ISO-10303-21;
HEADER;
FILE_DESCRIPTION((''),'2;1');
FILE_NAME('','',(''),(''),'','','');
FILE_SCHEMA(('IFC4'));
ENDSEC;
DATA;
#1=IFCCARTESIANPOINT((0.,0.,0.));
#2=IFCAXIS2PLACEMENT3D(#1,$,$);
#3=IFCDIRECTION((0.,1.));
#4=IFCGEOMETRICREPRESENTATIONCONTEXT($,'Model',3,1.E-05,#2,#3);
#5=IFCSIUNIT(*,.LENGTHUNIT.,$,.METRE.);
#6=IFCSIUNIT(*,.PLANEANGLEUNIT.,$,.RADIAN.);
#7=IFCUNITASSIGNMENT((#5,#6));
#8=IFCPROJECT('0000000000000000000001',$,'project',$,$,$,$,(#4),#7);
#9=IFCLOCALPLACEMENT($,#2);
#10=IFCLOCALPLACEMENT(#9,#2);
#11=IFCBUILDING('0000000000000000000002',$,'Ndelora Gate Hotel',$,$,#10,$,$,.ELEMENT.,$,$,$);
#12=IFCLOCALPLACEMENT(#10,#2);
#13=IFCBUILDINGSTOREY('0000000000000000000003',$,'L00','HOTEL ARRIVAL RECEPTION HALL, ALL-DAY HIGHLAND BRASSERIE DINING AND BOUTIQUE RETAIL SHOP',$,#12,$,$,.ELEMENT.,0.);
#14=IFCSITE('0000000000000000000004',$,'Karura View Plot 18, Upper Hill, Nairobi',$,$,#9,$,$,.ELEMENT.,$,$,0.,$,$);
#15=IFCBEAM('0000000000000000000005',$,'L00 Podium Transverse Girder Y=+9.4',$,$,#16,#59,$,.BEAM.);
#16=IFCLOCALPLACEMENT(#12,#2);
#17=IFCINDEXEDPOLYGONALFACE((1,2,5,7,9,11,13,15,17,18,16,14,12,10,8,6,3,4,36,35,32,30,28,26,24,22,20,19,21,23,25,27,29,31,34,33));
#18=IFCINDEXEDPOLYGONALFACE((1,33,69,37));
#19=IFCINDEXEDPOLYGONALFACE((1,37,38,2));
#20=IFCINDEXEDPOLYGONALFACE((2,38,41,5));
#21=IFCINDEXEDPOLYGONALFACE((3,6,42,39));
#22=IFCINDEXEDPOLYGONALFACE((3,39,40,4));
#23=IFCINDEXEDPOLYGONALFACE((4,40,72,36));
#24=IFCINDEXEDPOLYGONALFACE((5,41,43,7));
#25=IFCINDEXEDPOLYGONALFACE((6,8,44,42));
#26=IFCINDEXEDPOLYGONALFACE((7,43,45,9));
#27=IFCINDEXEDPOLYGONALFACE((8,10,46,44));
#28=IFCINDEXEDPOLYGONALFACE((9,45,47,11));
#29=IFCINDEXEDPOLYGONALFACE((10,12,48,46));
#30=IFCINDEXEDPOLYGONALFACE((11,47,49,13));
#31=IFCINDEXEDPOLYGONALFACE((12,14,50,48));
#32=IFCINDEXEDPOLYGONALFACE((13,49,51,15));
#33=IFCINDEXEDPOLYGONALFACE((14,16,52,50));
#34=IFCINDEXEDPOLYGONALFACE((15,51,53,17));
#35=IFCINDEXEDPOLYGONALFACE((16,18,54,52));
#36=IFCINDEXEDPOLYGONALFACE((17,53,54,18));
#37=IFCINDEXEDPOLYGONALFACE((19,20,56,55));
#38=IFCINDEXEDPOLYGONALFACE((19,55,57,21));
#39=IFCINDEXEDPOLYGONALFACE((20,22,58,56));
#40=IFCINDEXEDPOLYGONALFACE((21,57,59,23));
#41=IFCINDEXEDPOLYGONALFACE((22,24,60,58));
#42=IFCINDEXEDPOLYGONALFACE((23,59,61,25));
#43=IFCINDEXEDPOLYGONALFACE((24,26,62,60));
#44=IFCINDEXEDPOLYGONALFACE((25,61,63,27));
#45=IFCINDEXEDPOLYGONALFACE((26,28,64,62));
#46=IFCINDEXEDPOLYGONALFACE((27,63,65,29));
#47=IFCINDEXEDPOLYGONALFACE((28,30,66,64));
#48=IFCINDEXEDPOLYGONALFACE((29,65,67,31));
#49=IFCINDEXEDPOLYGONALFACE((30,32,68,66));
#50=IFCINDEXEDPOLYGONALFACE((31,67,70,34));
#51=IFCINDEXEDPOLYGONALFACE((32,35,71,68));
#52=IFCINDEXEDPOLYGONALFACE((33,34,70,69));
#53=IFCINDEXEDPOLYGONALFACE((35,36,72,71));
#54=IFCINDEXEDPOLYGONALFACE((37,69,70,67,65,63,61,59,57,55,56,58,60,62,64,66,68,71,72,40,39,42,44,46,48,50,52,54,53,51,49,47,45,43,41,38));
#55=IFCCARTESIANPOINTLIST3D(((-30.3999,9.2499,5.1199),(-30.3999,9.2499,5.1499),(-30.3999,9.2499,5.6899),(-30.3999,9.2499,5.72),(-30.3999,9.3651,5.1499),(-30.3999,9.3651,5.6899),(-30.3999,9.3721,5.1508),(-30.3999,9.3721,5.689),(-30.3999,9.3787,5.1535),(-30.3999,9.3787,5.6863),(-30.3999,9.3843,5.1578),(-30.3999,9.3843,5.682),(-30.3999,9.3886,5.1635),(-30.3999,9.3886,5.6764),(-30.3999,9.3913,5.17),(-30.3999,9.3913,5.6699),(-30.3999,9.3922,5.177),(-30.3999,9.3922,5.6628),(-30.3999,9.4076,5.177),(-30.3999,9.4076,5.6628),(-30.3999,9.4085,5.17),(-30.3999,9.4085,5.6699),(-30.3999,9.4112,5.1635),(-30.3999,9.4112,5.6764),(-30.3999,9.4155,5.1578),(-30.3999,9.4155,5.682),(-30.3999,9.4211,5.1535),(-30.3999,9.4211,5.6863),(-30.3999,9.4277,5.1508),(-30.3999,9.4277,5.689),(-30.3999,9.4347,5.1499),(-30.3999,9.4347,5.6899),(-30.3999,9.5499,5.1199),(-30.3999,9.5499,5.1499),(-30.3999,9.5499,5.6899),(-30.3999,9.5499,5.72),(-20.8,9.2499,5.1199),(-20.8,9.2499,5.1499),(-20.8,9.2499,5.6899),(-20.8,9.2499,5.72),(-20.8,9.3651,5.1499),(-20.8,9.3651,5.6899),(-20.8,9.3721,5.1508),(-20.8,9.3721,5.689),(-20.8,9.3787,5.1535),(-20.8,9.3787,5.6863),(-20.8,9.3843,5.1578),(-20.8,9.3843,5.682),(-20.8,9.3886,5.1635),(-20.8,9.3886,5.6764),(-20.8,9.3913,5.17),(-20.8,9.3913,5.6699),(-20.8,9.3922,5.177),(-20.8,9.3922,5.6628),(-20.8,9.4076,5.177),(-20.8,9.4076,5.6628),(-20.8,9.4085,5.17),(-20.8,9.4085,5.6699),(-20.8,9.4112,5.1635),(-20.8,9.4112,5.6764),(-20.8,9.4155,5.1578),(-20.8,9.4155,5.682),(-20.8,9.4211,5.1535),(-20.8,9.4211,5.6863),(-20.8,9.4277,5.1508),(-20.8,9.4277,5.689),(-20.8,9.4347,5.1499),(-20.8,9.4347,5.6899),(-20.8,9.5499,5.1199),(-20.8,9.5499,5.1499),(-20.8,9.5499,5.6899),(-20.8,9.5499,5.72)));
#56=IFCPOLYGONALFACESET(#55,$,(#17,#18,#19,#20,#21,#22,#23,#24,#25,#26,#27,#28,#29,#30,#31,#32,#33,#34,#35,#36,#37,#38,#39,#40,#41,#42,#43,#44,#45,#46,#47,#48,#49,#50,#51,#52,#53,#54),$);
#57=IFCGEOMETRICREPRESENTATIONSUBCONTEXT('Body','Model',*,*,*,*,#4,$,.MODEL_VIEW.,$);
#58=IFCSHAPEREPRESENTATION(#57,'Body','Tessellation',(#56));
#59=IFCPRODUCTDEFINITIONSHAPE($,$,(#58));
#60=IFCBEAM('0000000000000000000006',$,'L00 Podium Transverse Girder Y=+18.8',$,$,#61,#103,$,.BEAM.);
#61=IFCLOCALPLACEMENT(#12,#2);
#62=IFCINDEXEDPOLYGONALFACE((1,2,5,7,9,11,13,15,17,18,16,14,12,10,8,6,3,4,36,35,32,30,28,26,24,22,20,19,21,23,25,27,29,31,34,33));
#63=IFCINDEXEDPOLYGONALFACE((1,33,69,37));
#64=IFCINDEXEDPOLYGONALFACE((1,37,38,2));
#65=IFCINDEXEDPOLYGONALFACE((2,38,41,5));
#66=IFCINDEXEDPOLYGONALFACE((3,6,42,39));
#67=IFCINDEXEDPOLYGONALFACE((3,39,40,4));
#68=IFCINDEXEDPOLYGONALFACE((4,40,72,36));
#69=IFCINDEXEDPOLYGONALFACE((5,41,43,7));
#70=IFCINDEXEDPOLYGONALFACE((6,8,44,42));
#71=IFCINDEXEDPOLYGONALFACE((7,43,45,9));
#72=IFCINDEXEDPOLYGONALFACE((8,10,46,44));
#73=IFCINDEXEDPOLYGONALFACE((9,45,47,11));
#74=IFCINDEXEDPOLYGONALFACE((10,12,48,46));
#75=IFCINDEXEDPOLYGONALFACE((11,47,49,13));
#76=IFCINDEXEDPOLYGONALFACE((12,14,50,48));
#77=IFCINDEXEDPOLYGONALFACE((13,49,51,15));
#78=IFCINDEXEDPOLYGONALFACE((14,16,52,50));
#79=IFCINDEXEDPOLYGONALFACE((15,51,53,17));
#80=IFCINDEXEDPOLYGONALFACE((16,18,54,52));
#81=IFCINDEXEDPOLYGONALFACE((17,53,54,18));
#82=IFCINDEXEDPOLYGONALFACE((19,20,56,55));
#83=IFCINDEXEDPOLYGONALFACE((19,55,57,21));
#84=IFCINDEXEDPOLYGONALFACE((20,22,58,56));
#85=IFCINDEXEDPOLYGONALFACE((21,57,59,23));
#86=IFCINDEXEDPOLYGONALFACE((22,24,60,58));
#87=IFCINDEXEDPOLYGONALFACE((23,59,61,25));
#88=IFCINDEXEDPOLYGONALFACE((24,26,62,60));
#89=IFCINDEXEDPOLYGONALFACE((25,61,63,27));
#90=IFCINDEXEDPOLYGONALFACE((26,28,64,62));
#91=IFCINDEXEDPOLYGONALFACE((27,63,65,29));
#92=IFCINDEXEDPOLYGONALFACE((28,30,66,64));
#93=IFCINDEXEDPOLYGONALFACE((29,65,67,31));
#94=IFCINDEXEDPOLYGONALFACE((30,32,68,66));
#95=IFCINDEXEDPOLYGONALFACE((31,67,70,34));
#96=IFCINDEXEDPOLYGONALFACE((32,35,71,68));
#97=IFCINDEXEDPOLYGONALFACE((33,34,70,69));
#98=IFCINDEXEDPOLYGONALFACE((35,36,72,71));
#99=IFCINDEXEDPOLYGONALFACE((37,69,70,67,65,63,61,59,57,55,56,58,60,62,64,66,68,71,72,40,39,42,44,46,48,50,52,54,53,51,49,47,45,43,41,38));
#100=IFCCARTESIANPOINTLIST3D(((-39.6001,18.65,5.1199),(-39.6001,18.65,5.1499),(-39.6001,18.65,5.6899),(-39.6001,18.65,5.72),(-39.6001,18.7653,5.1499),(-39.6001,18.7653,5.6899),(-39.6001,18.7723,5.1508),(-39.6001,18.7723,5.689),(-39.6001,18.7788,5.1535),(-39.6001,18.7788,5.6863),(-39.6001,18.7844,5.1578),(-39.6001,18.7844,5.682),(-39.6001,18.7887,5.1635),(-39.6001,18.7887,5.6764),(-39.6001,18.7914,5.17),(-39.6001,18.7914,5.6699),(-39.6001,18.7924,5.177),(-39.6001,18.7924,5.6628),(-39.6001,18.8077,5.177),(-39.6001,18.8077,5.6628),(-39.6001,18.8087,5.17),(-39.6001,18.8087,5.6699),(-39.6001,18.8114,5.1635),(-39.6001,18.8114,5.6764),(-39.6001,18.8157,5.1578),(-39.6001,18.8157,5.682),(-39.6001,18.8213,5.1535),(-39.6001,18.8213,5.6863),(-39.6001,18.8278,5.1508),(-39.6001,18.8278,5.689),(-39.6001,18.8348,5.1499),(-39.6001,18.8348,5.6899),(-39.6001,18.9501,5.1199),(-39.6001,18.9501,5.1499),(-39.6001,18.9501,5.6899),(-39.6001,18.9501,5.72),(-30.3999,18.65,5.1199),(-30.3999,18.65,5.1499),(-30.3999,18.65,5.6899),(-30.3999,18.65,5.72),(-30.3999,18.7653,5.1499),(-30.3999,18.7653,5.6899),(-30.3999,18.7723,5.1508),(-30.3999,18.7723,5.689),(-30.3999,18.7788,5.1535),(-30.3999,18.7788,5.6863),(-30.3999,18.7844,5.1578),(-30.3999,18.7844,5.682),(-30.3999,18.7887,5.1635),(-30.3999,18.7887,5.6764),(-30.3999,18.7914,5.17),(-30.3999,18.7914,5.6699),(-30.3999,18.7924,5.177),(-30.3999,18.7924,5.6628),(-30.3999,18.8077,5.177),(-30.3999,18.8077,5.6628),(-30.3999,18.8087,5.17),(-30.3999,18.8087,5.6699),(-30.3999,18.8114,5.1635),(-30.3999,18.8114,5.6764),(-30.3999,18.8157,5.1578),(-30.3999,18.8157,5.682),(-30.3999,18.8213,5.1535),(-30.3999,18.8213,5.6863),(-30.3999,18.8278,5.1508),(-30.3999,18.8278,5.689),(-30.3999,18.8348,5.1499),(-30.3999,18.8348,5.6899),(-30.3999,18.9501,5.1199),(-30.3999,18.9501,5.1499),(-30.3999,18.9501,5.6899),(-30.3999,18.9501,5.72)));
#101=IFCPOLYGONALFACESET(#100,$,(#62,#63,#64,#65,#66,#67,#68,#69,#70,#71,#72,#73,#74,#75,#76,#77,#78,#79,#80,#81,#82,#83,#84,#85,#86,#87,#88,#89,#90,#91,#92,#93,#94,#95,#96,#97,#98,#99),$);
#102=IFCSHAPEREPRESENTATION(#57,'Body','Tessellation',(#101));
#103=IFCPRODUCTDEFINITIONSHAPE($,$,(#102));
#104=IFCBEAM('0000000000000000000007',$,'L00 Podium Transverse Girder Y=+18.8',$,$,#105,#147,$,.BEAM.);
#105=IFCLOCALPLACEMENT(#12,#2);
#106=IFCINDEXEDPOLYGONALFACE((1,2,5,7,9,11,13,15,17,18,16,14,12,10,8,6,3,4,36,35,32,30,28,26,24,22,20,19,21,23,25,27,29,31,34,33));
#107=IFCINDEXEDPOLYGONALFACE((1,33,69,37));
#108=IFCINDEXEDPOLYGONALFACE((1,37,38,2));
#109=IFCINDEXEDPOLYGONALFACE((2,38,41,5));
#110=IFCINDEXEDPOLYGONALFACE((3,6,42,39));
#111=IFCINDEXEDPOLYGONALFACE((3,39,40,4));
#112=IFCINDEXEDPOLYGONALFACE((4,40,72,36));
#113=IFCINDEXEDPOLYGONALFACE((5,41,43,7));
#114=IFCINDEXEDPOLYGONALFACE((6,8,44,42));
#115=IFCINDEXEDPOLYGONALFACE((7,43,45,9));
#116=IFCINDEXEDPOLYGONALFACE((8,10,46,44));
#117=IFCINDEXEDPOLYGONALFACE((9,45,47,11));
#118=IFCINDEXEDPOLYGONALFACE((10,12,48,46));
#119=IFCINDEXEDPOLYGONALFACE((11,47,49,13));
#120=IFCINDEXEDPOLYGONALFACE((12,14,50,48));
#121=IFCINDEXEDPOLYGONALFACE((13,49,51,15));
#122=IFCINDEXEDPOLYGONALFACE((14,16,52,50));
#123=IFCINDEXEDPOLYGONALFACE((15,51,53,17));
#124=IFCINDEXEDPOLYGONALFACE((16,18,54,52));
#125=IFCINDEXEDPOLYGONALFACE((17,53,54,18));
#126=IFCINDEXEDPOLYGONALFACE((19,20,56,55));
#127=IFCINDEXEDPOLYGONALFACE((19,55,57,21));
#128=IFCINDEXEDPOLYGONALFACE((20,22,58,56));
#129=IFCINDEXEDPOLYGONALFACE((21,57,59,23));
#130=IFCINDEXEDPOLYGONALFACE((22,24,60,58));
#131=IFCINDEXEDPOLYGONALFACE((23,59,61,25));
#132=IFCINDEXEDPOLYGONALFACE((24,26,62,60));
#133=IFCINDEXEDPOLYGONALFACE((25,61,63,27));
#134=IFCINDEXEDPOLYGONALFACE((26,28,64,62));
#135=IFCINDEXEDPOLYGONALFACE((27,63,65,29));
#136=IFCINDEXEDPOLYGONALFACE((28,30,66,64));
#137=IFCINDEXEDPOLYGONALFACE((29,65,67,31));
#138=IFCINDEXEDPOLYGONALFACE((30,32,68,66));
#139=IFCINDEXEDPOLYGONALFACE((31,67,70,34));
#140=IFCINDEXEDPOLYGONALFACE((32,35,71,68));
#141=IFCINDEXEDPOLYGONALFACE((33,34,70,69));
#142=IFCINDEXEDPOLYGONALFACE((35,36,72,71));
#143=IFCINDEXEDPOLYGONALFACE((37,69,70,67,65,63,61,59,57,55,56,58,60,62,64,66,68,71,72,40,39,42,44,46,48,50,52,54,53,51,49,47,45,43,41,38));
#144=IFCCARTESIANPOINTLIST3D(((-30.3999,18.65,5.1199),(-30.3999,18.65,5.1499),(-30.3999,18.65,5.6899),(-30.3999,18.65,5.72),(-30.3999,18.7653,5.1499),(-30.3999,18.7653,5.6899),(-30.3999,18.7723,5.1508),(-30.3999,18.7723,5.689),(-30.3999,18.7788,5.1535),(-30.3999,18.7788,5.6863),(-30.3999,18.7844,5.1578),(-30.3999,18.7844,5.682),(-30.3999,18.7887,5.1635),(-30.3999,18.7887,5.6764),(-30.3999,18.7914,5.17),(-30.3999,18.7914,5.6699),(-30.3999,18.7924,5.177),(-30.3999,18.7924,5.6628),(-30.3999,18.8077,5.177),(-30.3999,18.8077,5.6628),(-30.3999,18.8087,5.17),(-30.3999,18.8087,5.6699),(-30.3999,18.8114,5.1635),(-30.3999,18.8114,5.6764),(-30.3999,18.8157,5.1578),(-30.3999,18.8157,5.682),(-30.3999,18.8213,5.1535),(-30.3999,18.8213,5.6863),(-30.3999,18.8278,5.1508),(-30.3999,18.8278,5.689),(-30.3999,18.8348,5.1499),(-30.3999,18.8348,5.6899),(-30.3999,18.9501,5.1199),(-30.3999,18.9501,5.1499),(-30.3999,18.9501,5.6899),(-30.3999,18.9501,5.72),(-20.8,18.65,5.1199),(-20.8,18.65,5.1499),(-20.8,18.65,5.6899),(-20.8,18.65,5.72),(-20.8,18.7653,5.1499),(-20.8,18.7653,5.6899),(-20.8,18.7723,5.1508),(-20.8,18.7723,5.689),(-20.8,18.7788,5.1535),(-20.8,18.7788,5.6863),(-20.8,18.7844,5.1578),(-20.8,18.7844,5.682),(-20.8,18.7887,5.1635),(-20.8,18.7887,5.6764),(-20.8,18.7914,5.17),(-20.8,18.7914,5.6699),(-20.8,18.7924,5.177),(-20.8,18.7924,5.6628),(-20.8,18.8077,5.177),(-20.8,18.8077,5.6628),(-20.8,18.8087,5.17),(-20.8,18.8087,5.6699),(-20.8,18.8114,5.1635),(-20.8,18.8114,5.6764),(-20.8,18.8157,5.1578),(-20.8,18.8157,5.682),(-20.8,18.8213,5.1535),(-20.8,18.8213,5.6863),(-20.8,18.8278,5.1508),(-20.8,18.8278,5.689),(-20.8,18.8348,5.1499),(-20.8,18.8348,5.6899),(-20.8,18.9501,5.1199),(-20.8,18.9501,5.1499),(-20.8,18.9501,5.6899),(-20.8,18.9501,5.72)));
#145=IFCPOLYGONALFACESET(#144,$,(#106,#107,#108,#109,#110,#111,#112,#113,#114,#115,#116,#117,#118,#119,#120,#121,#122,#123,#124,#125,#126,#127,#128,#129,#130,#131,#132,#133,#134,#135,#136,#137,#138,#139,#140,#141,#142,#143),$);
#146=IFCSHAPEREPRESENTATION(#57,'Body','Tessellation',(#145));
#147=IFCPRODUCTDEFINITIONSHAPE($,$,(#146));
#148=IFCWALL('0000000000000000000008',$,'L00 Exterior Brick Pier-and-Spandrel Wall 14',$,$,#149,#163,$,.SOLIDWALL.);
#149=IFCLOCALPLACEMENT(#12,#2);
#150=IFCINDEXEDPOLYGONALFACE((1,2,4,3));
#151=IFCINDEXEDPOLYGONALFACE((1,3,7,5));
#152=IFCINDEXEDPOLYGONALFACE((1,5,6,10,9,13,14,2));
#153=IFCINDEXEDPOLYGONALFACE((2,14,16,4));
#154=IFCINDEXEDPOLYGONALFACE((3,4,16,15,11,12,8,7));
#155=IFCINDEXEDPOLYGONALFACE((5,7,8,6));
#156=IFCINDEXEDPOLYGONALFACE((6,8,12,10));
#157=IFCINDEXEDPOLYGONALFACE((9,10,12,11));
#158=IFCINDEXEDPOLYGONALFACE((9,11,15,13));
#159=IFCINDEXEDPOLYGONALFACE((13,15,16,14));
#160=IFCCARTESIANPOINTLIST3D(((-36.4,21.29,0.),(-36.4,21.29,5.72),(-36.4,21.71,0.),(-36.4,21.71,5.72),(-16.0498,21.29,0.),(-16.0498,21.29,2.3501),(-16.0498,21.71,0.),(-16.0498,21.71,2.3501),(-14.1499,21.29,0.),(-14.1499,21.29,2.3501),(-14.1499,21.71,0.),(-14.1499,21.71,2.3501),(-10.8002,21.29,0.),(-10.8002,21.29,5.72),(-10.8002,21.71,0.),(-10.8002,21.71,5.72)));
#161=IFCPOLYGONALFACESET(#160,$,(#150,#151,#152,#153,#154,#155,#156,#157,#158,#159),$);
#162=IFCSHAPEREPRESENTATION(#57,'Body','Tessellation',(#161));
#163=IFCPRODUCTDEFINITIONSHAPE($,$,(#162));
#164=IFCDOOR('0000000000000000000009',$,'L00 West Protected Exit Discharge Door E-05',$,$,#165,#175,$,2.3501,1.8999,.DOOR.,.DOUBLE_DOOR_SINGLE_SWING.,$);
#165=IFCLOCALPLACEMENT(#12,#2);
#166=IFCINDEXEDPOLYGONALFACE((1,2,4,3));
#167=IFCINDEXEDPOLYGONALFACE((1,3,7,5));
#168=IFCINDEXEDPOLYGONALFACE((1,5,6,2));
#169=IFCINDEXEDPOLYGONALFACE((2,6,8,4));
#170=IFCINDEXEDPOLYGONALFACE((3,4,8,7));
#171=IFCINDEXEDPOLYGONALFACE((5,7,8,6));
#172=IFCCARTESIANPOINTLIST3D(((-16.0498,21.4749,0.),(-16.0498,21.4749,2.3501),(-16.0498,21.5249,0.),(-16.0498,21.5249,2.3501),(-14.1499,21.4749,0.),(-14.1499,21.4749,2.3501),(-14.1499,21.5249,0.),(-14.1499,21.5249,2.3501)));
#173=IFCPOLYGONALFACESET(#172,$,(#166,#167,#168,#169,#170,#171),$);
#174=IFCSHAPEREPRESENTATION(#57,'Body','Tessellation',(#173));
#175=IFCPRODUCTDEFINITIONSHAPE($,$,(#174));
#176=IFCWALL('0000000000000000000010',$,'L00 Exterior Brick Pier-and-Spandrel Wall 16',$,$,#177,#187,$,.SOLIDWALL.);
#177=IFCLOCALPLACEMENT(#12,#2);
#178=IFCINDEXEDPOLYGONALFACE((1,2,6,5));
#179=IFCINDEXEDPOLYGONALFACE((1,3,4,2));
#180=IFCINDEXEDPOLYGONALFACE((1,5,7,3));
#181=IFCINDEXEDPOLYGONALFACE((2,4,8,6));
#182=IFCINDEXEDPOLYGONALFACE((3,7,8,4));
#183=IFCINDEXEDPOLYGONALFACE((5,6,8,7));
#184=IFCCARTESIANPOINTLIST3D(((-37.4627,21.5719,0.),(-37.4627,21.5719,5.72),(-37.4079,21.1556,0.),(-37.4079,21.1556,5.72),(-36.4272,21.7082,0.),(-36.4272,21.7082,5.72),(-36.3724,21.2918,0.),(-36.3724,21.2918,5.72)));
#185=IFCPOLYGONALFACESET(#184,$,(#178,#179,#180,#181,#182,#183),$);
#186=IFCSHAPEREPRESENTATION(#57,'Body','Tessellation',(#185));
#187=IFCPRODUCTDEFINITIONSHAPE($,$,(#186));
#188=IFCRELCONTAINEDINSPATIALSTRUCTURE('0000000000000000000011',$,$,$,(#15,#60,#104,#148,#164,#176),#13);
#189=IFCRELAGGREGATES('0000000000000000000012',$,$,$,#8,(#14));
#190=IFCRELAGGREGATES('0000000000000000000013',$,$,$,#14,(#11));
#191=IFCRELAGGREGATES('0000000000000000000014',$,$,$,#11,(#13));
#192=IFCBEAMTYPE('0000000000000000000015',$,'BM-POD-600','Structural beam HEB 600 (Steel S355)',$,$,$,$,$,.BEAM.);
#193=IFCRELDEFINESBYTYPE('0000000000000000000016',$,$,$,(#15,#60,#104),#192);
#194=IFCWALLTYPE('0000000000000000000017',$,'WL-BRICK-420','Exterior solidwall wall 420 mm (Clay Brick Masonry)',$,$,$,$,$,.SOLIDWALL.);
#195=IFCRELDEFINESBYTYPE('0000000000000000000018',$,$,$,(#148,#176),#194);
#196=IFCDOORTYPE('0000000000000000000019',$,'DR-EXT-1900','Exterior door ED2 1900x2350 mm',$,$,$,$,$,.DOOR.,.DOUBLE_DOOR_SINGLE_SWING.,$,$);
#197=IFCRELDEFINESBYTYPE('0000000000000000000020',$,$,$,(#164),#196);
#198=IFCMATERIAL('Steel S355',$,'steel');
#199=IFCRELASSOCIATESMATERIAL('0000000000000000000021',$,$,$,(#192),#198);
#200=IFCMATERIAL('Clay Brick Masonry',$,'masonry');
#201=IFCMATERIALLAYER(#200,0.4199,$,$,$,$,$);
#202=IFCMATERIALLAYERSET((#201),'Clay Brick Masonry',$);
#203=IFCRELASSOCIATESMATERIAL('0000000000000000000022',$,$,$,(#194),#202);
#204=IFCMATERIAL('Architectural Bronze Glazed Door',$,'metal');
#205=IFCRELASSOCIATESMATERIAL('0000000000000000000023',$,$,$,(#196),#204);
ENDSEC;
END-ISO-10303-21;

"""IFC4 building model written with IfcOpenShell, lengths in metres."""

from ifc_helpers import new_model, si_unit, direction, frame, frame_2d, origin, origin_2d, place, context, subcontext, project, spatial, rectangle, i_section, extrude, material, layer, layer_set, material_profile, profile_set, type_object, element, fill, save


model = new_model("IFC4")

# Units and contexts
model_context = context("Model", 3, precision=1e-05, world=origin(), true_north=direction((0.0, 1.0)))
body_context = subcontext(model_context, "Body", "Model", "MODEL_VIEW")
ifc_project = project(units=[si_unit("LENGTHUNIT", "METRE"), si_unit("PLANEANGLEUNIT", "RADIAN")], contexts=[model_context])

# Site, building, storey
site_placement = place(None, origin())
site = spatial("IfcSite", under=ifc_project, at=site_placement, Name="Karura View Plot 18, Upper Hill, Nairobi", CompositionType="ELEMENT", RefElevation=0.0)
building_placement = place(site_placement, origin())
building = spatial("IfcBuilding", under=site, at=building_placement, Name="Ndelora Gate Hotel", CompositionType="ELEMENT")
storey_placement = place(building_placement, origin())
storey = spatial("IfcBuildingStorey", under=building, at=storey_placement, Name="L00", Description="HOTEL ARRIVAL RECEPTION HALL, ALL-DAY HIGHLAND BRASSERIE DINING AND BOUTIQUE RETAIL SHOP", CompositionType="ELEMENT", Elevation=0.0)

# Beams
ifc_material_1 = material(Name="Steel S355", Category="steel")
ifc_material_profile_1 = material_profile(ifc_material_1, i_section(OverallWidth=0.3, OverallDepth=0.6001, WebThickness=0.0154, FlangeThickness=0.03, FilletRadius=0.0271, at=origin_2d()), Name="HEB 600")
ifc_profile_set_1 = profile_set([ifc_material_profile_1], Name="Steel S355")
beam_type_1 = type_object("IfcBeamType", Name="BM-POD-600", Description="Structural beam HEB 600 (Steel S355)", PredefinedType="BEAM", material=ifc_profile_set_1)
beam_1_placement = place(storey_placement, frame((-30.3999, 9.3999, 5.4199), z_axis=(1.0, 0.0, 0.0), x_axis=(0.0, 1.0, 0.0)))
element("IfcBeam", 1, at=beam_1_placement, inside=storey, type_object=beam_type_1, Name="L00 Podium Transverse Girder Y=+9.4", PredefinedType="BEAM", context=body_context, shape_type="SweptSolid", body=[
    extrude(i_section(OverallWidth=0.3, OverallDepth=0.6001, WebThickness=0.0154, FlangeThickness=0.03, FilletRadius=0.0271, at=origin_2d()), origin(), (0.0, 0.0, 1.0), 9.5999),
])
beam_2_placement = place(storey_placement, frame((-39.6001, 18.8, 5.4199), z_axis=(1.0, 0.0, 0.0), x_axis=(0.0, 1.0, 0.0)))
element("IfcBeam", 2, at=beam_2_placement, inside=storey, type_object=beam_type_1, Name="L00 Podium Transverse Girder Y=+18.8", PredefinedType="BEAM", context=body_context, shape_type="SweptSolid", body=[
    extrude(i_section(OverallWidth=0.3, OverallDepth=0.6001, WebThickness=0.0154, FlangeThickness=0.03, FilletRadius=0.0271, at=origin_2d()), origin(), (0.0, 0.0, 1.0), 9.2002),
])
beam_3_placement = place(storey_placement, frame((-30.3999, 18.8, 5.4199), z_axis=(1.0, 0.0, 0.0), x_axis=(0.0, 1.0, 0.0)))
element("IfcBeam", 3, at=beam_3_placement, inside=storey, type_object=beam_type_1, Name="L00 Podium Transverse Girder Y=+18.8", PredefinedType="BEAM", context=body_context, shape_type="SweptSolid", body=[
    extrude(i_section(OverallWidth=0.3, OverallDepth=0.6001, WebThickness=0.0154, FlangeThickness=0.03, FilletRadius=0.0271, at=origin_2d()), origin(), (0.0, 0.0, 1.0), 9.5999),
])

# Wall, opening, door
ifc_material_2 = material(Name="Clay Brick Masonry", Category="masonry")
ifc_layer_1 = layer(ifc_material_2, 0.4199)
ifc_layer_set_1 = layer_set([ifc_layer_1], Name="Clay Brick Masonry")
wall_type = type_object("IfcWallType", Name="WL-BRICK-420", Description="Exterior solidwall wall 420 mm (Clay Brick Masonry)", PredefinedType="SOLIDWALL", material=ifc_layer_set_1)
wall_1_placement = place(storey_placement, frame((-36.3999, 21.5, 0.0), z_axis=(0.0, 0.0, 1.0), x_axis=(1.0, 0.0, 0.0)))
wall_1 = element("IfcWall", 4, at=wall_1_placement, inside=storey, type_object=wall_type, Name="L00 Exterior Brick Pier-and-Spandrel Wall 14", PredefinedType="SOLIDWALL", context=body_context, shape_type="SweptSolid", body=[
    extrude(rectangle(XDim=25.5999, YDim=0.4199, at=frame_2d((12.7998, 0.0))), origin(), (0.0, 0.0, 1.0), 5.72),
])
opening_placement = place(wall_1_placement, frame((20.3501, 0.0, 0.0)))
opening = element("IfcOpeningElement", 5, at=opening_placement, cuts=wall_1, PredefinedType="OPENING", context=body_context, shape_type="SweptSolid", body=[
    extrude(rectangle(XDim=1.8999, YDim=2.3501, at=frame_2d((0.95, 1.175))), frame((0.0, 0.22, 0.0), z_axis=(0.0, -1.0, 0.0), x_axis=(1.0, 0.0, 0.0)), (0.0, 0.0, 1.0), 0.4399),
])
ifc_material_3 = material(Name="Architectural Bronze Glazed Door", Category="metal")
door_type = type_object("IfcDoorType", Name="DR-EXT-1900", Description="Exterior door ED2 1900x2350 mm", OperationType="DOUBLE_DOOR_SINGLE_SWING", PredefinedType="DOOR", material=ifc_material_3)
door_placement = place(opening_placement, origin())
door = element("IfcDoor", 6, at=door_placement, inside=storey, type_object=door_type, Name="L00 West Protected Exit Discharge Door E-05", OperationType="DOUBLE_DOOR_SINGLE_SWING", OverallHeight=2.3501, OverallWidth=1.8999, PredefinedType="DOOR", context=body_context, shape_type="SweptSolid", body=[
    extrude(rectangle(XDim=1.8999, YDim=2.3501, at=frame_2d((0.95, 1.175))), frame((0.0, 0.0249, 0.0), z_axis=(0.0, -1.0, 0.0), x_axis=(1.0, 0.0, 0.0)), (0.0, 0.0, 1.0), 0.05),
])
fill(opening, door)

# Wall
wall_2_placement = place(storey_placement, frame((-37.4353, 21.3638, 0.0), z_axis=(0.0, 0.0, 1.0), x_axis=(0.991455, 0.130448, 0.0)))
element("IfcWall", 7, at=wall_2_placement, inside=storey, type_object=wall_type, Name="L00 Exterior Brick Pier-and-Spandrel Wall 16", PredefinedType="SOLIDWALL", context=body_context, shape_type="SweptSolid", body=[
    extrude(rectangle(XDim=1.0444, YDim=0.4199, at=frame_2d((0.5222, 0.0))), origin(), (0.0, 0.0, 1.0), 5.72),
])

save(model, "model.ifc")
